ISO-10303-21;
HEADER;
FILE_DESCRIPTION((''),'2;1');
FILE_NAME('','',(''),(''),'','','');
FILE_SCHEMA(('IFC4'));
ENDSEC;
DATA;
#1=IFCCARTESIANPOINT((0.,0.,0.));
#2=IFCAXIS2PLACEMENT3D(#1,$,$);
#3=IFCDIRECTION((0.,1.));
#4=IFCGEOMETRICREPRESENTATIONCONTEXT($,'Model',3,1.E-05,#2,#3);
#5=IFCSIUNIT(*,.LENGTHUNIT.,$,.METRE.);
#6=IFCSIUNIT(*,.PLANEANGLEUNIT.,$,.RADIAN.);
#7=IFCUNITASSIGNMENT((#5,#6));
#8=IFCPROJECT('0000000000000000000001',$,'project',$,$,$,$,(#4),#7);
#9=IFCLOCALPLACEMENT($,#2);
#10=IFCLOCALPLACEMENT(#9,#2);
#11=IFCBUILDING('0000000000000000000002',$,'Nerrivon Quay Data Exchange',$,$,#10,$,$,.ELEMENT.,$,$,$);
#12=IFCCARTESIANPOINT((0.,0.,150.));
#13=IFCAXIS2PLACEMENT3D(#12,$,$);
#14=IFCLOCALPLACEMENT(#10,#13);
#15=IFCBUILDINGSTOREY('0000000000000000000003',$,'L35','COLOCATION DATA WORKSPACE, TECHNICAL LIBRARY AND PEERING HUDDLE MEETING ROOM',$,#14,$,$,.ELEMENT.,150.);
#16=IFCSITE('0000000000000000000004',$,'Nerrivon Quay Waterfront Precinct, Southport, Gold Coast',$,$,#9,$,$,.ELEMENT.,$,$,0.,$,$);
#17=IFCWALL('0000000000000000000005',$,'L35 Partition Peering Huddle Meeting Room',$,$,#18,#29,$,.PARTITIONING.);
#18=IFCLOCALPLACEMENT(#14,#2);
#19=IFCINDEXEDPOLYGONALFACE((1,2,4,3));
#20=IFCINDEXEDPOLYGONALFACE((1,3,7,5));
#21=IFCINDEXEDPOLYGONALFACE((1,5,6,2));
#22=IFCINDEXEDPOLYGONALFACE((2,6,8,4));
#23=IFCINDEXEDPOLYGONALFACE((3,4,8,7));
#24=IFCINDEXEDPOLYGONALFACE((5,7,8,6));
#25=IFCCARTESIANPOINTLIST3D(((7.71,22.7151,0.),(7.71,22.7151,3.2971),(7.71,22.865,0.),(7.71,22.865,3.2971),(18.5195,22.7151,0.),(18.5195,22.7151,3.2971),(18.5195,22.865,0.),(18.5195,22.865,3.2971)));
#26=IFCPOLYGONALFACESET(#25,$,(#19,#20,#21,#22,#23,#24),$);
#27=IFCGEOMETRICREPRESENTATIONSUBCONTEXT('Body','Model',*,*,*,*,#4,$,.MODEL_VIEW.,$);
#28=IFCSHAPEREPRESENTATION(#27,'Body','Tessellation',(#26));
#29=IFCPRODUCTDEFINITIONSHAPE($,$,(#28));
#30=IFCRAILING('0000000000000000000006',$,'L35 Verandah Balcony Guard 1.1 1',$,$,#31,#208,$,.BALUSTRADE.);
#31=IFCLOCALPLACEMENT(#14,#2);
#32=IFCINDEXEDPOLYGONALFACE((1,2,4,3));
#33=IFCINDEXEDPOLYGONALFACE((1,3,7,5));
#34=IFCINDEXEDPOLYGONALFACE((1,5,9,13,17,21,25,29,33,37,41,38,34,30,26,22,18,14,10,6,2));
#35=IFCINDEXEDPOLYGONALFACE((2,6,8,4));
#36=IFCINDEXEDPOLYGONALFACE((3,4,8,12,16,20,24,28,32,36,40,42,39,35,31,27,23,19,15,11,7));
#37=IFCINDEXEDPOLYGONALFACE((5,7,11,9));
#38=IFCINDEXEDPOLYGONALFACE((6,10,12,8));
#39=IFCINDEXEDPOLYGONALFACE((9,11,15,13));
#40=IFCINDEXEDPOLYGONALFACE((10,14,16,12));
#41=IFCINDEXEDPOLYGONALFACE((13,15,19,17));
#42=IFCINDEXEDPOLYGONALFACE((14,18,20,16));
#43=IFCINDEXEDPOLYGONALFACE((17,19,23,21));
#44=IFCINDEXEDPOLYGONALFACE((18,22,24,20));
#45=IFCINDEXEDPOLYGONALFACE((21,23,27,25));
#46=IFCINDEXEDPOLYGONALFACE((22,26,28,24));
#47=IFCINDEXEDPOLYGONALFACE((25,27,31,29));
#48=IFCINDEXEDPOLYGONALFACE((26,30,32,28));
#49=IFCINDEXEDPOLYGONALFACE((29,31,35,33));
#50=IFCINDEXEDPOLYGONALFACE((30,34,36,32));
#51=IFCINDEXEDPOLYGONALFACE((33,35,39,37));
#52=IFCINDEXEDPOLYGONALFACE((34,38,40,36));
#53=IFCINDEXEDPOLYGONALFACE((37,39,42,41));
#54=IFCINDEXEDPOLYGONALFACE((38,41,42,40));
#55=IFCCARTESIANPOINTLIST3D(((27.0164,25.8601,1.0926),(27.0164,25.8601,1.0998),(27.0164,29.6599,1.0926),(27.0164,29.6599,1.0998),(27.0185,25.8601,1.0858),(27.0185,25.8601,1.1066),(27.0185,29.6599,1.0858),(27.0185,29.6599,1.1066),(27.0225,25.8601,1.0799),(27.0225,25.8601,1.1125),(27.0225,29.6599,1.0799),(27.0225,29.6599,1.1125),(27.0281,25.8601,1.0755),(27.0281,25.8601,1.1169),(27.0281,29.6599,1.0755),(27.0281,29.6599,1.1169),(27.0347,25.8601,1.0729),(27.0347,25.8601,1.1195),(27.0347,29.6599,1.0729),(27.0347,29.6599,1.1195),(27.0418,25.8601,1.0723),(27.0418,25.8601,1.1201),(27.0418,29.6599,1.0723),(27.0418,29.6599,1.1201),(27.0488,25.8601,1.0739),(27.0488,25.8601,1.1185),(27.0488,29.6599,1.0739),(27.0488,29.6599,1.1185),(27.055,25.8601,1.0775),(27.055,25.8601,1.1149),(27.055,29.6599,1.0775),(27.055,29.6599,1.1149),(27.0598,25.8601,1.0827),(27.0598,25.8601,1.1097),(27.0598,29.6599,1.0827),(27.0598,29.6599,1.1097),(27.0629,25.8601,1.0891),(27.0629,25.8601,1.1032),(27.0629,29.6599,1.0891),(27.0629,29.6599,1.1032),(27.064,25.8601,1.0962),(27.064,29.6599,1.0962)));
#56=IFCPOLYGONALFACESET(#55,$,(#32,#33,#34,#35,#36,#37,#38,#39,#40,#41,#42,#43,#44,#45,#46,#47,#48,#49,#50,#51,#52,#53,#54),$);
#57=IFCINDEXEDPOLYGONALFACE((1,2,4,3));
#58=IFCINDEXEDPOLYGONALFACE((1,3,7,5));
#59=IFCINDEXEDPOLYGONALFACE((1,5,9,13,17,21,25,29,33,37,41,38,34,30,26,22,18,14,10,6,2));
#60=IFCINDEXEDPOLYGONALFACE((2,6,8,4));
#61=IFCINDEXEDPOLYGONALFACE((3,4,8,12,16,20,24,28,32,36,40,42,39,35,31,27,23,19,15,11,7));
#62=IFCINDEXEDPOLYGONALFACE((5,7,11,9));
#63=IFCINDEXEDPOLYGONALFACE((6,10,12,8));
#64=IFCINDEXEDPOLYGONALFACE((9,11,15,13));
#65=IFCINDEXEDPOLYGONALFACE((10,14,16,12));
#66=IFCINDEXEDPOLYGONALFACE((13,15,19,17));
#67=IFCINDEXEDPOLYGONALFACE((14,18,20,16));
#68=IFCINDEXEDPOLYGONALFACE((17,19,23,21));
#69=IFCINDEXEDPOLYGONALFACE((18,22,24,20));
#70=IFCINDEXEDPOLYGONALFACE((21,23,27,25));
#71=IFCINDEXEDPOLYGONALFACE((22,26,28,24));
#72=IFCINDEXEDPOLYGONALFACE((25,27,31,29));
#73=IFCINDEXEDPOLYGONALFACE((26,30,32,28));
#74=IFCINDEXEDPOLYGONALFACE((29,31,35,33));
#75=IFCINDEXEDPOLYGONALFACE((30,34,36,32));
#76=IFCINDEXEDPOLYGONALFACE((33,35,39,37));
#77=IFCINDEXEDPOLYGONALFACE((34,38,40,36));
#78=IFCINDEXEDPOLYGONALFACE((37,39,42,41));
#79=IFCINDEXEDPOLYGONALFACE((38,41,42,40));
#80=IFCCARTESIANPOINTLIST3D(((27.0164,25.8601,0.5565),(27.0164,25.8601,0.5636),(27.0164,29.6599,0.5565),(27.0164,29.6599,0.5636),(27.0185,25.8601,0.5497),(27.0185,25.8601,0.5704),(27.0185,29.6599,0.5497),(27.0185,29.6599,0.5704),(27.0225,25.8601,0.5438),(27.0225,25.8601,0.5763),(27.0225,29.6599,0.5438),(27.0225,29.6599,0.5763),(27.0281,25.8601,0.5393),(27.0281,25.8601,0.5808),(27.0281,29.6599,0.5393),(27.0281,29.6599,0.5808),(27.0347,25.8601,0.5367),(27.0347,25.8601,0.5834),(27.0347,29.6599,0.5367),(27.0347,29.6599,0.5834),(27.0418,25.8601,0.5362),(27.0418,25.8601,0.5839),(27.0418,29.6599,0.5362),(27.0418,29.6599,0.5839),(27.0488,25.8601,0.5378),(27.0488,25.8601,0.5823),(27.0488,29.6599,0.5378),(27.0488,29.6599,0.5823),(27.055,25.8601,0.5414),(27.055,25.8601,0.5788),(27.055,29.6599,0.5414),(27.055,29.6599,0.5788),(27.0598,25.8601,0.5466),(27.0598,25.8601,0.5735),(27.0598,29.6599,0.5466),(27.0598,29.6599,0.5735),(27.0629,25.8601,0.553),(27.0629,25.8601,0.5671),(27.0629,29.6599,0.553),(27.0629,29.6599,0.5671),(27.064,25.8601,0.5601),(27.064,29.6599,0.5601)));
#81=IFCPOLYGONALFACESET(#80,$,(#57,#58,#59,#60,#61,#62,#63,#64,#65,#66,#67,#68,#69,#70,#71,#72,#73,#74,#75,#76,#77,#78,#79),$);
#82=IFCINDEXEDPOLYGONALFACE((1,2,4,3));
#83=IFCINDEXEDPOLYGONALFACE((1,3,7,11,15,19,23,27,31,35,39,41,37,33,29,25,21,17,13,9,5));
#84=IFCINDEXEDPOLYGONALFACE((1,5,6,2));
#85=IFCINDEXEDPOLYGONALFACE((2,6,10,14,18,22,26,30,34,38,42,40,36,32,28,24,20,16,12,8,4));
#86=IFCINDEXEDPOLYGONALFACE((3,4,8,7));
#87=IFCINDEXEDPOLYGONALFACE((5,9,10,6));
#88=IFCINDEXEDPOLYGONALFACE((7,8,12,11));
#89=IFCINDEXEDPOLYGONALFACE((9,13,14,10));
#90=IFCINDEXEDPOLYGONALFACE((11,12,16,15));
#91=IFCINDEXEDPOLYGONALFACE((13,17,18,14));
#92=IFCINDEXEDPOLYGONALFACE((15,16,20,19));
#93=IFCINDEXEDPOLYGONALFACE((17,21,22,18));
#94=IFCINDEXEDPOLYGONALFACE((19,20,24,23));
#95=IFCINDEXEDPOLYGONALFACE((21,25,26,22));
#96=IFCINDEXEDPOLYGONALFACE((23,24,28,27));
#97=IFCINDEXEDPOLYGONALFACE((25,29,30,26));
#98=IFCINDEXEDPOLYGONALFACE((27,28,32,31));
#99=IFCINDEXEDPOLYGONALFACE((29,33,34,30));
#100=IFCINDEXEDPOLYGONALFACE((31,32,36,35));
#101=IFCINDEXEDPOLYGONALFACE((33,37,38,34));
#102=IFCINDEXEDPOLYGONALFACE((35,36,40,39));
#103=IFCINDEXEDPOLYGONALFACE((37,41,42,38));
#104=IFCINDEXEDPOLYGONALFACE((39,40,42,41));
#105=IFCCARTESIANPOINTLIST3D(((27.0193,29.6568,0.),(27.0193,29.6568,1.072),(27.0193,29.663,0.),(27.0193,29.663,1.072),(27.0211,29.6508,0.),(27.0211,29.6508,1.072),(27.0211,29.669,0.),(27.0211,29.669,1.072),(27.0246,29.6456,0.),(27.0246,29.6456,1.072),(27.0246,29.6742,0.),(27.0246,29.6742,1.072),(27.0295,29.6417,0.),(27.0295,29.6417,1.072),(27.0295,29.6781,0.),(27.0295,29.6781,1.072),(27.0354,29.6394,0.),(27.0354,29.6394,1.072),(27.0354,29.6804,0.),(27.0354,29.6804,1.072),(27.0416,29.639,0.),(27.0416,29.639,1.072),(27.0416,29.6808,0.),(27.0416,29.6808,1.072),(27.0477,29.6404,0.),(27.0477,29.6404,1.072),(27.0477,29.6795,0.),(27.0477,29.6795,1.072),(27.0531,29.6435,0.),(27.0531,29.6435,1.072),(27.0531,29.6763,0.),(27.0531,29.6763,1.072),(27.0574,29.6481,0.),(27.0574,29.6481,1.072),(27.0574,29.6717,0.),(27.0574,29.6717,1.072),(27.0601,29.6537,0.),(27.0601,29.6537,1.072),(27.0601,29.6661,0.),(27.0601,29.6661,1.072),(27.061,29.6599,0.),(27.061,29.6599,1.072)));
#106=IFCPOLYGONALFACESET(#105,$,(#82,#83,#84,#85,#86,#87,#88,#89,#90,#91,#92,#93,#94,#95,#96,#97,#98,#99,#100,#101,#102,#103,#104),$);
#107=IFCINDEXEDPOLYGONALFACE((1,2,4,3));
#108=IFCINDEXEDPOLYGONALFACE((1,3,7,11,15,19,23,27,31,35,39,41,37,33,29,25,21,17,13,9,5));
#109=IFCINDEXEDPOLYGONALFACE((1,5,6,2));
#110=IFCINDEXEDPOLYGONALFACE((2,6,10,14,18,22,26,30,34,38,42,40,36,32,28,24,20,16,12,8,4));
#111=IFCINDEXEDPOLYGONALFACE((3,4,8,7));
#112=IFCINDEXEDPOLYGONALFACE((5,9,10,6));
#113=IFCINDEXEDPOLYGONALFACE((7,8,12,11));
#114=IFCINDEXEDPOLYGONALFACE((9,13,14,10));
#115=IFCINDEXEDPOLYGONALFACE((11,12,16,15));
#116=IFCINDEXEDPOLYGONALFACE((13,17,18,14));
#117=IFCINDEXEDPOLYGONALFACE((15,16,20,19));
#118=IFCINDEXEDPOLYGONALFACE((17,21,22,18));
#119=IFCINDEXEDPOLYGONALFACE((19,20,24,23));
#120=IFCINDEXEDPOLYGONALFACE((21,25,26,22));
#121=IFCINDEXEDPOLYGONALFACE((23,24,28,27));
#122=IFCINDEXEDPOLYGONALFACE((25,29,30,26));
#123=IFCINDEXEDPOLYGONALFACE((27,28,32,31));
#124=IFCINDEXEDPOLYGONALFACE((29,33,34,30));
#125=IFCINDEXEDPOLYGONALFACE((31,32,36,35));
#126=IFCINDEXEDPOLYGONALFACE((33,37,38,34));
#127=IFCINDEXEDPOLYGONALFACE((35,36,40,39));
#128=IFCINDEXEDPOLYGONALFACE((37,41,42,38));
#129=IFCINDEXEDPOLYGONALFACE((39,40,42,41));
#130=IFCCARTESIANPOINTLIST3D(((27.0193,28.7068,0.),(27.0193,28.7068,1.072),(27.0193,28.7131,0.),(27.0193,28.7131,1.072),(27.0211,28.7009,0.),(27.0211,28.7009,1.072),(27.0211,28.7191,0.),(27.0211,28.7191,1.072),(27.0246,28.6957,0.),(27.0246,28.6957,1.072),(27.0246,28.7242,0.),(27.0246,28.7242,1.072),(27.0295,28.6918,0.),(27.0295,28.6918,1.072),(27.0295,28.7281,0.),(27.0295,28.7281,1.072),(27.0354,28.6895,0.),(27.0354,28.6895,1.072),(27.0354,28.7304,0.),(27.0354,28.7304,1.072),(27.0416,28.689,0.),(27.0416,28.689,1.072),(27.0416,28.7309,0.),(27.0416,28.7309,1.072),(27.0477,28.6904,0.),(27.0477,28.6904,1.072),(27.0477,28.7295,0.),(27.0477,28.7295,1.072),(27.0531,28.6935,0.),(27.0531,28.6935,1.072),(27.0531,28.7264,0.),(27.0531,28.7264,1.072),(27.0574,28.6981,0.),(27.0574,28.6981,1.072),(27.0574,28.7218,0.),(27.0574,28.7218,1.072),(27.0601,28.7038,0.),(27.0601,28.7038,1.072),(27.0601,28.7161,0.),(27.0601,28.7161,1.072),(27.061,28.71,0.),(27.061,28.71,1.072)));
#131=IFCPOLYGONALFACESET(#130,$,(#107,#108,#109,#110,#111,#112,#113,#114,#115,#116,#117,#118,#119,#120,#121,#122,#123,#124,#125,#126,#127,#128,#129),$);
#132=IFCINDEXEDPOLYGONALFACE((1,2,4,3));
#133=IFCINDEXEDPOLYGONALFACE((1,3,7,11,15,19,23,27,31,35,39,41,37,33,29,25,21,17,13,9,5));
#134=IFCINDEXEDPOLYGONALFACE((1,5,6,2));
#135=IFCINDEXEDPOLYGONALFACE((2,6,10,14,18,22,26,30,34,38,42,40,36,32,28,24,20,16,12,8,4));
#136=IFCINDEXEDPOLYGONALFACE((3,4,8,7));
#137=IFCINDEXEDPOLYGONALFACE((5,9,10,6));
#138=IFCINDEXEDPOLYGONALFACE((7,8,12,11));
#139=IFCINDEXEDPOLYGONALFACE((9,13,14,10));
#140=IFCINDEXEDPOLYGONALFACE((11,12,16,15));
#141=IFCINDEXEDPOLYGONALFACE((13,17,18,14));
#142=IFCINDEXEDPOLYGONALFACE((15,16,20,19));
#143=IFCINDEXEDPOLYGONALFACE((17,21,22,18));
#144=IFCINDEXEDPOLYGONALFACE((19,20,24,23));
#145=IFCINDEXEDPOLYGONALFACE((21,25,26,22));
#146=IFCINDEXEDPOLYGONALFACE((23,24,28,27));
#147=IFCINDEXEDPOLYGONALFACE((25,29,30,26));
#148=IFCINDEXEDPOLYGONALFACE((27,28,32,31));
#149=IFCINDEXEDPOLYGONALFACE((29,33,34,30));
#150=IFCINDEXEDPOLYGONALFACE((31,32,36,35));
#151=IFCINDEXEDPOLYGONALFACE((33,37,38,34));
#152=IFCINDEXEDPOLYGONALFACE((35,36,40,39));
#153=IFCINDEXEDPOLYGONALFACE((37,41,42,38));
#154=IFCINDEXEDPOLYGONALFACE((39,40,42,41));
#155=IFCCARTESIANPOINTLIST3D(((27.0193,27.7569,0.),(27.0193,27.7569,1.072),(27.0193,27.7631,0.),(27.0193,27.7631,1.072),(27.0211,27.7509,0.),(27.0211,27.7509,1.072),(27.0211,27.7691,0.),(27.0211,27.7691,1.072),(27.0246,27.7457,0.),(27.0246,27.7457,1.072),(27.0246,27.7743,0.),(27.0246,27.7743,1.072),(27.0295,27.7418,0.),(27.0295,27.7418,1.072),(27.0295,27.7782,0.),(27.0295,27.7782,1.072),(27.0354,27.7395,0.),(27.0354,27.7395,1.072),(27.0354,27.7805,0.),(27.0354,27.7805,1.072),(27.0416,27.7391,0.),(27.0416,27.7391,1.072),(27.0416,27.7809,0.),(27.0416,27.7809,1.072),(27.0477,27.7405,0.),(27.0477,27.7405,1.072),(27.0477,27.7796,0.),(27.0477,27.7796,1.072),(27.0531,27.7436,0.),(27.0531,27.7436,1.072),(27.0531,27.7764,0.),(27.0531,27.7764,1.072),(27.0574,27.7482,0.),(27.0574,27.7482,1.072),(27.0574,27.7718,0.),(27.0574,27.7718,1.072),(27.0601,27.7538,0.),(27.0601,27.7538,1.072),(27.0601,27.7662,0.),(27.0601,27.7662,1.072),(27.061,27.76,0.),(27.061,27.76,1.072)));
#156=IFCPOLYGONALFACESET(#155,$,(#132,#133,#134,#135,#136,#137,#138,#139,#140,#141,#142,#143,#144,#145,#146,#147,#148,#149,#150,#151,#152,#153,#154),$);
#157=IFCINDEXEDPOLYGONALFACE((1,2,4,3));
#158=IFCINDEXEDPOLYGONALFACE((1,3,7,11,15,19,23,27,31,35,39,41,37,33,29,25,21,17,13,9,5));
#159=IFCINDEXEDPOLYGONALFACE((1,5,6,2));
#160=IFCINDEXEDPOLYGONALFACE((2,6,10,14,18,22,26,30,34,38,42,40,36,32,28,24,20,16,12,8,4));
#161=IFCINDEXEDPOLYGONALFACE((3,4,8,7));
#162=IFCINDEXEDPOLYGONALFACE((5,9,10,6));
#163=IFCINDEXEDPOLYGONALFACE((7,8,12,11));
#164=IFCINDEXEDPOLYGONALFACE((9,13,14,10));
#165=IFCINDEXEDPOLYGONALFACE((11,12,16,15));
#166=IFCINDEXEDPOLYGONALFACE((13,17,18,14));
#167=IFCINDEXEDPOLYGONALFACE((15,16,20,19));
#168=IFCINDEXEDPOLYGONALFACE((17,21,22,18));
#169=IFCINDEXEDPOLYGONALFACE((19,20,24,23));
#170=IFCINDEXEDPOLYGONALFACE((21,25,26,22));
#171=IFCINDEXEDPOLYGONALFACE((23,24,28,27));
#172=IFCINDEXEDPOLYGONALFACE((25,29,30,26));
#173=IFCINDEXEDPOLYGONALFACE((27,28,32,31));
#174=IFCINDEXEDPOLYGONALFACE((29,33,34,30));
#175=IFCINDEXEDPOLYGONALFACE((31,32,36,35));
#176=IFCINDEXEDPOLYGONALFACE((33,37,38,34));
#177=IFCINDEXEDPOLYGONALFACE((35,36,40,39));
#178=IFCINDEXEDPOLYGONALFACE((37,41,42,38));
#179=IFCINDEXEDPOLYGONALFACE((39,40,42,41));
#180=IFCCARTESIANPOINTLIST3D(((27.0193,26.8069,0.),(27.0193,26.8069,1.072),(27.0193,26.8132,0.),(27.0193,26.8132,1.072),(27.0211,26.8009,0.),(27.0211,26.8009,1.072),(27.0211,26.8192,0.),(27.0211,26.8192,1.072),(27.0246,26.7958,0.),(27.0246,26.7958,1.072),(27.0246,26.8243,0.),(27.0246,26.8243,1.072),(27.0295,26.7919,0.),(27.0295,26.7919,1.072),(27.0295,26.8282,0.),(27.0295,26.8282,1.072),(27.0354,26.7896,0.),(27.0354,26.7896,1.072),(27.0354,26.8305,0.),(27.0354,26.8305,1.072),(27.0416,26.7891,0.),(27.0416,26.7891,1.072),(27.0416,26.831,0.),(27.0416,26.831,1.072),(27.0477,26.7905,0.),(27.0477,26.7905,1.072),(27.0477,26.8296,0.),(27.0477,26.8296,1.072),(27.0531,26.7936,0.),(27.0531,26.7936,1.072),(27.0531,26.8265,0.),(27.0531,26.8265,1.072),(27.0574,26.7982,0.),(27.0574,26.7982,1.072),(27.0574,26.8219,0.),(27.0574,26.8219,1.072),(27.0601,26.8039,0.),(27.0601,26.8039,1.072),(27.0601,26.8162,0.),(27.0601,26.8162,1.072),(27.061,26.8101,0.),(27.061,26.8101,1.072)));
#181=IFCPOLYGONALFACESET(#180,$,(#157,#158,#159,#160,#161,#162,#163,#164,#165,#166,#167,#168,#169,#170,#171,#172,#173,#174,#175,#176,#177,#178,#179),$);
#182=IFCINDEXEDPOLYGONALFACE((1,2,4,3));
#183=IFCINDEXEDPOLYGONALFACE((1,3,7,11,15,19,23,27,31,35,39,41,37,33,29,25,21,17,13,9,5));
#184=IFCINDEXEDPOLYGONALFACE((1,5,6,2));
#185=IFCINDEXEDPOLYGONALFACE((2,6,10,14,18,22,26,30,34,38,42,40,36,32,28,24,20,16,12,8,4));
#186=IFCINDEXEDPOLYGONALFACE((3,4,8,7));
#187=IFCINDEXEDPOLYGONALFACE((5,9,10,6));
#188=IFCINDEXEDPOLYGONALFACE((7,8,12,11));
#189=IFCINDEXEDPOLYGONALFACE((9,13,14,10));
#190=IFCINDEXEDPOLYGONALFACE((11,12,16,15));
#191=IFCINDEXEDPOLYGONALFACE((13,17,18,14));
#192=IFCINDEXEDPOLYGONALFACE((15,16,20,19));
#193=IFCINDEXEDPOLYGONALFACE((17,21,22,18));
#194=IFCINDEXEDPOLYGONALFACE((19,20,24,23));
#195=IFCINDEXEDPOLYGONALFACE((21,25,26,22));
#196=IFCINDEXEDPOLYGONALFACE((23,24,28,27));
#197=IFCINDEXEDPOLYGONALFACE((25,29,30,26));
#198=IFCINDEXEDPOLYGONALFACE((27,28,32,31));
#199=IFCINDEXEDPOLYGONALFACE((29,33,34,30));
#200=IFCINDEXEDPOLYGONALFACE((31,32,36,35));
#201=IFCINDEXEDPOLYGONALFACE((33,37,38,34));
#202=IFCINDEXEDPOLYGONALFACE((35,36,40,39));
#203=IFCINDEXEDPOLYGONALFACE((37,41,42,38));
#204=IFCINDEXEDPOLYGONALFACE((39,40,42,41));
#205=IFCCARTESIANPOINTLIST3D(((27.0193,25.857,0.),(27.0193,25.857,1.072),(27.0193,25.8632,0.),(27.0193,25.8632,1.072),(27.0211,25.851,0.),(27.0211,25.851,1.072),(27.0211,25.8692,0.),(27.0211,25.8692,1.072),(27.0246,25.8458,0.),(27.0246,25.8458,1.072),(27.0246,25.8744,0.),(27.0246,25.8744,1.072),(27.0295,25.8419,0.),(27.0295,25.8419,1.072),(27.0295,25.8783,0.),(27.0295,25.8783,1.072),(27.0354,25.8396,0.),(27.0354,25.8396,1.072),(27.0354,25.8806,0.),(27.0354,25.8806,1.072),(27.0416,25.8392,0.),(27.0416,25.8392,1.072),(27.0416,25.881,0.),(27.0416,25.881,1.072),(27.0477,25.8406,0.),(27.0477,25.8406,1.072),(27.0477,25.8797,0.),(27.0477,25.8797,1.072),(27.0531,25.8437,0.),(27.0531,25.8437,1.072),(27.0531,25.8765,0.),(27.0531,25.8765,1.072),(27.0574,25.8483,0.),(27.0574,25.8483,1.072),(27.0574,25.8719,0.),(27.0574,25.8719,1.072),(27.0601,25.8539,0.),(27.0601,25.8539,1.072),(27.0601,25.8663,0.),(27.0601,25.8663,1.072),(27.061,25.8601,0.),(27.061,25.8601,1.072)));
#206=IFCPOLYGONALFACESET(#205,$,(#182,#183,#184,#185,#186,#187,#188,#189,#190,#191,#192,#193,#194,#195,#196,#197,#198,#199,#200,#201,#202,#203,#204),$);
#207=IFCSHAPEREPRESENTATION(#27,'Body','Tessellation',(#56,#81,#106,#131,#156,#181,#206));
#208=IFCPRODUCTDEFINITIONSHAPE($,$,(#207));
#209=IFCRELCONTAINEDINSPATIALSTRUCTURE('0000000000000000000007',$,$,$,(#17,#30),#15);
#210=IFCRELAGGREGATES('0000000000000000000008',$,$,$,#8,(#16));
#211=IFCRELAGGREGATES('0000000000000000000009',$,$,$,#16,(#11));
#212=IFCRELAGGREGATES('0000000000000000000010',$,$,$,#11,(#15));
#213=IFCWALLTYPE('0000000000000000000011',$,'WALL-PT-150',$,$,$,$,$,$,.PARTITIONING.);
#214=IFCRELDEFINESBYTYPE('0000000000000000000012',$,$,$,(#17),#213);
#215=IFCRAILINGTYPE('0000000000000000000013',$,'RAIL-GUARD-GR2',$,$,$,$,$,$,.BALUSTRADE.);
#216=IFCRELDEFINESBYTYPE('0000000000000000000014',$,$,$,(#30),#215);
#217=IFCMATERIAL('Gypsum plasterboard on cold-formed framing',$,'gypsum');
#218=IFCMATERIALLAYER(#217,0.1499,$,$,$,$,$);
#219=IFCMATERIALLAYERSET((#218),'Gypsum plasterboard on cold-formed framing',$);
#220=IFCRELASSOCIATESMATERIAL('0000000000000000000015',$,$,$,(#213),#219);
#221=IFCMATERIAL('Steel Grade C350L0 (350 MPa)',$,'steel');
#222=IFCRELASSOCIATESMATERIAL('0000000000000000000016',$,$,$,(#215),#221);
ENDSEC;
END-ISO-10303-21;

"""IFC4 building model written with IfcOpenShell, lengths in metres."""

from ifc_helpers import new_model, si_unit, direction, frame, frame_2d, origin, origin_2d, place, context, subcontext, project, spatial, rectangle, circle, extrude, material, layer, layer_set, type_object, element, save


model = new_model("IFC4")

# Units and contexts
model_context = context("Model", 3, precision=1e-05, world=origin(), true_north=direction((0.0, 1.0)))
body_context = subcontext(model_context, "Body", "Model", "MODEL_VIEW")
ifc_project = project(units=[si_unit("LENGTHUNIT", "METRE"), si_unit("PLANEANGLEUNIT", "RADIAN")], contexts=[model_context])

# Site, building, storey
site_placement = place(None, origin())
site = spatial("IfcSite", under=ifc_project, at=site_placement, Name="Nerrivon Quay Waterfront Precinct, Southport, Gold Coast", CompositionType="ELEMENT", RefElevation=0.0)
building_placement = place(site_placement, origin())
building = spatial("IfcBuilding", under=site, at=building_placement, Name="Nerrivon Quay Data Exchange", CompositionType="ELEMENT")
storey_placement = place(building_placement, frame((0.0, 0.0, 150.0)))
storey = spatial("IfcBuildingStorey", under=building, at=storey_placement, Name="L35", Description="COLOCATION DATA WORKSPACE, TECHNICAL LIBRARY AND PEERING HUDDLE MEETING ROOM", CompositionType="ELEMENT", Elevation=150.0)

# Shared definitions
ifc_material_1 = material(Name="Gypsum plasterboard on cold-formed framing", Category="gypsum")
ifc_layer_1 = layer(ifc_material_1, 0.1499)
ifc_layer_set_1 = layer_set([ifc_layer_1], Name="Gypsum plasterboard on cold-formed framing")
wall_type_1 = type_object("IfcWallType", Name="WALL-PT-150", PredefinedType="PARTITIONING", material=ifc_layer_set_1)

# Wall
wall_1_placement = place(storey_placement, frame((18.5195, 22.79, 0.0), z_axis=(0.0, 0.0, 1.0), x_axis=(-1.0, 0.0, 0.0)))
element("IfcWall", 1, at=wall_1_placement, inside=storey, type_object=wall_type_1, Name="L35 Partition Peering Huddle Meeting Room", PredefinedType="PARTITIONING", context=body_context, shape_type="SweptSolid", body=[
    extrude(rectangle(XDim=10.8096, YDim=0.1499, at=frame_2d((5.4048, 0.0))), origin(), (0.0, 0.0, 1.0), 3.2971),
])

# Railing
ifc_material_2 = material(Name="Steel Grade C350L0 (350 MPa)", Category="steel")
railing_type = type_object("IfcRailingType", Name="RAIL-GUARD-GR2", PredefinedType="BALUSTRADE", material=ifc_material_2)
railing_1_placement = place(storey_placement, frame((27.04, 29.6599, 0.0)))
element("IfcRailing", 2, at=railing_1_placement, inside=storey, type_object=railing_type, Name="L35 Verandah Balcony Guard 1.1 1", PredefinedType="BALUSTRADE", context=body_context, shape_type="SweptSolid", body=[
    extrude(circle(Radius=0.0239, at=origin_2d()), frame((0.0, 0.0, 1.0962), z_axis=(0.0, -1.0, 0.0), x_axis=(1.0, 0.0, 0.0)), (0.0, 0.0, 1.0), 3.7998),
    extrude(circle(Radius=0.0239, at=origin_2d()), frame((0.0, 0.0, 0.5601), z_axis=(0.0, -1.0, 0.0), x_axis=(1.0, 0.0, 0.0)), (0.0, 0.0, 1.0), 3.7998),
    extrude(circle(Radius=0.021, at=origin_2d()), origin(), (0.0, 0.0, 1.0), 1.072),
    extrude(circle(Radius=0.021, at=origin_2d()), frame((0.0, -0.95, 0.0)), (0.0, 0.0, 1.0), 1.072),
    extrude(circle(Radius=0.021, at=origin_2d()), frame((0.0, -1.8999, 0.0)), (0.0, 0.0, 1.0), 1.072),
    extrude(circle(Radius=0.021, at=origin_2d()), frame((0.0, -2.8499, 0.0)), (0.0, 0.0, 1.0), 1.072),
    extrude(circle(Radius=0.021, at=origin_2d()), frame((0.0, -3.7998, 0.0)), (0.0, 0.0, 1.0), 1.072),
])

save(model, "model.ifc")
